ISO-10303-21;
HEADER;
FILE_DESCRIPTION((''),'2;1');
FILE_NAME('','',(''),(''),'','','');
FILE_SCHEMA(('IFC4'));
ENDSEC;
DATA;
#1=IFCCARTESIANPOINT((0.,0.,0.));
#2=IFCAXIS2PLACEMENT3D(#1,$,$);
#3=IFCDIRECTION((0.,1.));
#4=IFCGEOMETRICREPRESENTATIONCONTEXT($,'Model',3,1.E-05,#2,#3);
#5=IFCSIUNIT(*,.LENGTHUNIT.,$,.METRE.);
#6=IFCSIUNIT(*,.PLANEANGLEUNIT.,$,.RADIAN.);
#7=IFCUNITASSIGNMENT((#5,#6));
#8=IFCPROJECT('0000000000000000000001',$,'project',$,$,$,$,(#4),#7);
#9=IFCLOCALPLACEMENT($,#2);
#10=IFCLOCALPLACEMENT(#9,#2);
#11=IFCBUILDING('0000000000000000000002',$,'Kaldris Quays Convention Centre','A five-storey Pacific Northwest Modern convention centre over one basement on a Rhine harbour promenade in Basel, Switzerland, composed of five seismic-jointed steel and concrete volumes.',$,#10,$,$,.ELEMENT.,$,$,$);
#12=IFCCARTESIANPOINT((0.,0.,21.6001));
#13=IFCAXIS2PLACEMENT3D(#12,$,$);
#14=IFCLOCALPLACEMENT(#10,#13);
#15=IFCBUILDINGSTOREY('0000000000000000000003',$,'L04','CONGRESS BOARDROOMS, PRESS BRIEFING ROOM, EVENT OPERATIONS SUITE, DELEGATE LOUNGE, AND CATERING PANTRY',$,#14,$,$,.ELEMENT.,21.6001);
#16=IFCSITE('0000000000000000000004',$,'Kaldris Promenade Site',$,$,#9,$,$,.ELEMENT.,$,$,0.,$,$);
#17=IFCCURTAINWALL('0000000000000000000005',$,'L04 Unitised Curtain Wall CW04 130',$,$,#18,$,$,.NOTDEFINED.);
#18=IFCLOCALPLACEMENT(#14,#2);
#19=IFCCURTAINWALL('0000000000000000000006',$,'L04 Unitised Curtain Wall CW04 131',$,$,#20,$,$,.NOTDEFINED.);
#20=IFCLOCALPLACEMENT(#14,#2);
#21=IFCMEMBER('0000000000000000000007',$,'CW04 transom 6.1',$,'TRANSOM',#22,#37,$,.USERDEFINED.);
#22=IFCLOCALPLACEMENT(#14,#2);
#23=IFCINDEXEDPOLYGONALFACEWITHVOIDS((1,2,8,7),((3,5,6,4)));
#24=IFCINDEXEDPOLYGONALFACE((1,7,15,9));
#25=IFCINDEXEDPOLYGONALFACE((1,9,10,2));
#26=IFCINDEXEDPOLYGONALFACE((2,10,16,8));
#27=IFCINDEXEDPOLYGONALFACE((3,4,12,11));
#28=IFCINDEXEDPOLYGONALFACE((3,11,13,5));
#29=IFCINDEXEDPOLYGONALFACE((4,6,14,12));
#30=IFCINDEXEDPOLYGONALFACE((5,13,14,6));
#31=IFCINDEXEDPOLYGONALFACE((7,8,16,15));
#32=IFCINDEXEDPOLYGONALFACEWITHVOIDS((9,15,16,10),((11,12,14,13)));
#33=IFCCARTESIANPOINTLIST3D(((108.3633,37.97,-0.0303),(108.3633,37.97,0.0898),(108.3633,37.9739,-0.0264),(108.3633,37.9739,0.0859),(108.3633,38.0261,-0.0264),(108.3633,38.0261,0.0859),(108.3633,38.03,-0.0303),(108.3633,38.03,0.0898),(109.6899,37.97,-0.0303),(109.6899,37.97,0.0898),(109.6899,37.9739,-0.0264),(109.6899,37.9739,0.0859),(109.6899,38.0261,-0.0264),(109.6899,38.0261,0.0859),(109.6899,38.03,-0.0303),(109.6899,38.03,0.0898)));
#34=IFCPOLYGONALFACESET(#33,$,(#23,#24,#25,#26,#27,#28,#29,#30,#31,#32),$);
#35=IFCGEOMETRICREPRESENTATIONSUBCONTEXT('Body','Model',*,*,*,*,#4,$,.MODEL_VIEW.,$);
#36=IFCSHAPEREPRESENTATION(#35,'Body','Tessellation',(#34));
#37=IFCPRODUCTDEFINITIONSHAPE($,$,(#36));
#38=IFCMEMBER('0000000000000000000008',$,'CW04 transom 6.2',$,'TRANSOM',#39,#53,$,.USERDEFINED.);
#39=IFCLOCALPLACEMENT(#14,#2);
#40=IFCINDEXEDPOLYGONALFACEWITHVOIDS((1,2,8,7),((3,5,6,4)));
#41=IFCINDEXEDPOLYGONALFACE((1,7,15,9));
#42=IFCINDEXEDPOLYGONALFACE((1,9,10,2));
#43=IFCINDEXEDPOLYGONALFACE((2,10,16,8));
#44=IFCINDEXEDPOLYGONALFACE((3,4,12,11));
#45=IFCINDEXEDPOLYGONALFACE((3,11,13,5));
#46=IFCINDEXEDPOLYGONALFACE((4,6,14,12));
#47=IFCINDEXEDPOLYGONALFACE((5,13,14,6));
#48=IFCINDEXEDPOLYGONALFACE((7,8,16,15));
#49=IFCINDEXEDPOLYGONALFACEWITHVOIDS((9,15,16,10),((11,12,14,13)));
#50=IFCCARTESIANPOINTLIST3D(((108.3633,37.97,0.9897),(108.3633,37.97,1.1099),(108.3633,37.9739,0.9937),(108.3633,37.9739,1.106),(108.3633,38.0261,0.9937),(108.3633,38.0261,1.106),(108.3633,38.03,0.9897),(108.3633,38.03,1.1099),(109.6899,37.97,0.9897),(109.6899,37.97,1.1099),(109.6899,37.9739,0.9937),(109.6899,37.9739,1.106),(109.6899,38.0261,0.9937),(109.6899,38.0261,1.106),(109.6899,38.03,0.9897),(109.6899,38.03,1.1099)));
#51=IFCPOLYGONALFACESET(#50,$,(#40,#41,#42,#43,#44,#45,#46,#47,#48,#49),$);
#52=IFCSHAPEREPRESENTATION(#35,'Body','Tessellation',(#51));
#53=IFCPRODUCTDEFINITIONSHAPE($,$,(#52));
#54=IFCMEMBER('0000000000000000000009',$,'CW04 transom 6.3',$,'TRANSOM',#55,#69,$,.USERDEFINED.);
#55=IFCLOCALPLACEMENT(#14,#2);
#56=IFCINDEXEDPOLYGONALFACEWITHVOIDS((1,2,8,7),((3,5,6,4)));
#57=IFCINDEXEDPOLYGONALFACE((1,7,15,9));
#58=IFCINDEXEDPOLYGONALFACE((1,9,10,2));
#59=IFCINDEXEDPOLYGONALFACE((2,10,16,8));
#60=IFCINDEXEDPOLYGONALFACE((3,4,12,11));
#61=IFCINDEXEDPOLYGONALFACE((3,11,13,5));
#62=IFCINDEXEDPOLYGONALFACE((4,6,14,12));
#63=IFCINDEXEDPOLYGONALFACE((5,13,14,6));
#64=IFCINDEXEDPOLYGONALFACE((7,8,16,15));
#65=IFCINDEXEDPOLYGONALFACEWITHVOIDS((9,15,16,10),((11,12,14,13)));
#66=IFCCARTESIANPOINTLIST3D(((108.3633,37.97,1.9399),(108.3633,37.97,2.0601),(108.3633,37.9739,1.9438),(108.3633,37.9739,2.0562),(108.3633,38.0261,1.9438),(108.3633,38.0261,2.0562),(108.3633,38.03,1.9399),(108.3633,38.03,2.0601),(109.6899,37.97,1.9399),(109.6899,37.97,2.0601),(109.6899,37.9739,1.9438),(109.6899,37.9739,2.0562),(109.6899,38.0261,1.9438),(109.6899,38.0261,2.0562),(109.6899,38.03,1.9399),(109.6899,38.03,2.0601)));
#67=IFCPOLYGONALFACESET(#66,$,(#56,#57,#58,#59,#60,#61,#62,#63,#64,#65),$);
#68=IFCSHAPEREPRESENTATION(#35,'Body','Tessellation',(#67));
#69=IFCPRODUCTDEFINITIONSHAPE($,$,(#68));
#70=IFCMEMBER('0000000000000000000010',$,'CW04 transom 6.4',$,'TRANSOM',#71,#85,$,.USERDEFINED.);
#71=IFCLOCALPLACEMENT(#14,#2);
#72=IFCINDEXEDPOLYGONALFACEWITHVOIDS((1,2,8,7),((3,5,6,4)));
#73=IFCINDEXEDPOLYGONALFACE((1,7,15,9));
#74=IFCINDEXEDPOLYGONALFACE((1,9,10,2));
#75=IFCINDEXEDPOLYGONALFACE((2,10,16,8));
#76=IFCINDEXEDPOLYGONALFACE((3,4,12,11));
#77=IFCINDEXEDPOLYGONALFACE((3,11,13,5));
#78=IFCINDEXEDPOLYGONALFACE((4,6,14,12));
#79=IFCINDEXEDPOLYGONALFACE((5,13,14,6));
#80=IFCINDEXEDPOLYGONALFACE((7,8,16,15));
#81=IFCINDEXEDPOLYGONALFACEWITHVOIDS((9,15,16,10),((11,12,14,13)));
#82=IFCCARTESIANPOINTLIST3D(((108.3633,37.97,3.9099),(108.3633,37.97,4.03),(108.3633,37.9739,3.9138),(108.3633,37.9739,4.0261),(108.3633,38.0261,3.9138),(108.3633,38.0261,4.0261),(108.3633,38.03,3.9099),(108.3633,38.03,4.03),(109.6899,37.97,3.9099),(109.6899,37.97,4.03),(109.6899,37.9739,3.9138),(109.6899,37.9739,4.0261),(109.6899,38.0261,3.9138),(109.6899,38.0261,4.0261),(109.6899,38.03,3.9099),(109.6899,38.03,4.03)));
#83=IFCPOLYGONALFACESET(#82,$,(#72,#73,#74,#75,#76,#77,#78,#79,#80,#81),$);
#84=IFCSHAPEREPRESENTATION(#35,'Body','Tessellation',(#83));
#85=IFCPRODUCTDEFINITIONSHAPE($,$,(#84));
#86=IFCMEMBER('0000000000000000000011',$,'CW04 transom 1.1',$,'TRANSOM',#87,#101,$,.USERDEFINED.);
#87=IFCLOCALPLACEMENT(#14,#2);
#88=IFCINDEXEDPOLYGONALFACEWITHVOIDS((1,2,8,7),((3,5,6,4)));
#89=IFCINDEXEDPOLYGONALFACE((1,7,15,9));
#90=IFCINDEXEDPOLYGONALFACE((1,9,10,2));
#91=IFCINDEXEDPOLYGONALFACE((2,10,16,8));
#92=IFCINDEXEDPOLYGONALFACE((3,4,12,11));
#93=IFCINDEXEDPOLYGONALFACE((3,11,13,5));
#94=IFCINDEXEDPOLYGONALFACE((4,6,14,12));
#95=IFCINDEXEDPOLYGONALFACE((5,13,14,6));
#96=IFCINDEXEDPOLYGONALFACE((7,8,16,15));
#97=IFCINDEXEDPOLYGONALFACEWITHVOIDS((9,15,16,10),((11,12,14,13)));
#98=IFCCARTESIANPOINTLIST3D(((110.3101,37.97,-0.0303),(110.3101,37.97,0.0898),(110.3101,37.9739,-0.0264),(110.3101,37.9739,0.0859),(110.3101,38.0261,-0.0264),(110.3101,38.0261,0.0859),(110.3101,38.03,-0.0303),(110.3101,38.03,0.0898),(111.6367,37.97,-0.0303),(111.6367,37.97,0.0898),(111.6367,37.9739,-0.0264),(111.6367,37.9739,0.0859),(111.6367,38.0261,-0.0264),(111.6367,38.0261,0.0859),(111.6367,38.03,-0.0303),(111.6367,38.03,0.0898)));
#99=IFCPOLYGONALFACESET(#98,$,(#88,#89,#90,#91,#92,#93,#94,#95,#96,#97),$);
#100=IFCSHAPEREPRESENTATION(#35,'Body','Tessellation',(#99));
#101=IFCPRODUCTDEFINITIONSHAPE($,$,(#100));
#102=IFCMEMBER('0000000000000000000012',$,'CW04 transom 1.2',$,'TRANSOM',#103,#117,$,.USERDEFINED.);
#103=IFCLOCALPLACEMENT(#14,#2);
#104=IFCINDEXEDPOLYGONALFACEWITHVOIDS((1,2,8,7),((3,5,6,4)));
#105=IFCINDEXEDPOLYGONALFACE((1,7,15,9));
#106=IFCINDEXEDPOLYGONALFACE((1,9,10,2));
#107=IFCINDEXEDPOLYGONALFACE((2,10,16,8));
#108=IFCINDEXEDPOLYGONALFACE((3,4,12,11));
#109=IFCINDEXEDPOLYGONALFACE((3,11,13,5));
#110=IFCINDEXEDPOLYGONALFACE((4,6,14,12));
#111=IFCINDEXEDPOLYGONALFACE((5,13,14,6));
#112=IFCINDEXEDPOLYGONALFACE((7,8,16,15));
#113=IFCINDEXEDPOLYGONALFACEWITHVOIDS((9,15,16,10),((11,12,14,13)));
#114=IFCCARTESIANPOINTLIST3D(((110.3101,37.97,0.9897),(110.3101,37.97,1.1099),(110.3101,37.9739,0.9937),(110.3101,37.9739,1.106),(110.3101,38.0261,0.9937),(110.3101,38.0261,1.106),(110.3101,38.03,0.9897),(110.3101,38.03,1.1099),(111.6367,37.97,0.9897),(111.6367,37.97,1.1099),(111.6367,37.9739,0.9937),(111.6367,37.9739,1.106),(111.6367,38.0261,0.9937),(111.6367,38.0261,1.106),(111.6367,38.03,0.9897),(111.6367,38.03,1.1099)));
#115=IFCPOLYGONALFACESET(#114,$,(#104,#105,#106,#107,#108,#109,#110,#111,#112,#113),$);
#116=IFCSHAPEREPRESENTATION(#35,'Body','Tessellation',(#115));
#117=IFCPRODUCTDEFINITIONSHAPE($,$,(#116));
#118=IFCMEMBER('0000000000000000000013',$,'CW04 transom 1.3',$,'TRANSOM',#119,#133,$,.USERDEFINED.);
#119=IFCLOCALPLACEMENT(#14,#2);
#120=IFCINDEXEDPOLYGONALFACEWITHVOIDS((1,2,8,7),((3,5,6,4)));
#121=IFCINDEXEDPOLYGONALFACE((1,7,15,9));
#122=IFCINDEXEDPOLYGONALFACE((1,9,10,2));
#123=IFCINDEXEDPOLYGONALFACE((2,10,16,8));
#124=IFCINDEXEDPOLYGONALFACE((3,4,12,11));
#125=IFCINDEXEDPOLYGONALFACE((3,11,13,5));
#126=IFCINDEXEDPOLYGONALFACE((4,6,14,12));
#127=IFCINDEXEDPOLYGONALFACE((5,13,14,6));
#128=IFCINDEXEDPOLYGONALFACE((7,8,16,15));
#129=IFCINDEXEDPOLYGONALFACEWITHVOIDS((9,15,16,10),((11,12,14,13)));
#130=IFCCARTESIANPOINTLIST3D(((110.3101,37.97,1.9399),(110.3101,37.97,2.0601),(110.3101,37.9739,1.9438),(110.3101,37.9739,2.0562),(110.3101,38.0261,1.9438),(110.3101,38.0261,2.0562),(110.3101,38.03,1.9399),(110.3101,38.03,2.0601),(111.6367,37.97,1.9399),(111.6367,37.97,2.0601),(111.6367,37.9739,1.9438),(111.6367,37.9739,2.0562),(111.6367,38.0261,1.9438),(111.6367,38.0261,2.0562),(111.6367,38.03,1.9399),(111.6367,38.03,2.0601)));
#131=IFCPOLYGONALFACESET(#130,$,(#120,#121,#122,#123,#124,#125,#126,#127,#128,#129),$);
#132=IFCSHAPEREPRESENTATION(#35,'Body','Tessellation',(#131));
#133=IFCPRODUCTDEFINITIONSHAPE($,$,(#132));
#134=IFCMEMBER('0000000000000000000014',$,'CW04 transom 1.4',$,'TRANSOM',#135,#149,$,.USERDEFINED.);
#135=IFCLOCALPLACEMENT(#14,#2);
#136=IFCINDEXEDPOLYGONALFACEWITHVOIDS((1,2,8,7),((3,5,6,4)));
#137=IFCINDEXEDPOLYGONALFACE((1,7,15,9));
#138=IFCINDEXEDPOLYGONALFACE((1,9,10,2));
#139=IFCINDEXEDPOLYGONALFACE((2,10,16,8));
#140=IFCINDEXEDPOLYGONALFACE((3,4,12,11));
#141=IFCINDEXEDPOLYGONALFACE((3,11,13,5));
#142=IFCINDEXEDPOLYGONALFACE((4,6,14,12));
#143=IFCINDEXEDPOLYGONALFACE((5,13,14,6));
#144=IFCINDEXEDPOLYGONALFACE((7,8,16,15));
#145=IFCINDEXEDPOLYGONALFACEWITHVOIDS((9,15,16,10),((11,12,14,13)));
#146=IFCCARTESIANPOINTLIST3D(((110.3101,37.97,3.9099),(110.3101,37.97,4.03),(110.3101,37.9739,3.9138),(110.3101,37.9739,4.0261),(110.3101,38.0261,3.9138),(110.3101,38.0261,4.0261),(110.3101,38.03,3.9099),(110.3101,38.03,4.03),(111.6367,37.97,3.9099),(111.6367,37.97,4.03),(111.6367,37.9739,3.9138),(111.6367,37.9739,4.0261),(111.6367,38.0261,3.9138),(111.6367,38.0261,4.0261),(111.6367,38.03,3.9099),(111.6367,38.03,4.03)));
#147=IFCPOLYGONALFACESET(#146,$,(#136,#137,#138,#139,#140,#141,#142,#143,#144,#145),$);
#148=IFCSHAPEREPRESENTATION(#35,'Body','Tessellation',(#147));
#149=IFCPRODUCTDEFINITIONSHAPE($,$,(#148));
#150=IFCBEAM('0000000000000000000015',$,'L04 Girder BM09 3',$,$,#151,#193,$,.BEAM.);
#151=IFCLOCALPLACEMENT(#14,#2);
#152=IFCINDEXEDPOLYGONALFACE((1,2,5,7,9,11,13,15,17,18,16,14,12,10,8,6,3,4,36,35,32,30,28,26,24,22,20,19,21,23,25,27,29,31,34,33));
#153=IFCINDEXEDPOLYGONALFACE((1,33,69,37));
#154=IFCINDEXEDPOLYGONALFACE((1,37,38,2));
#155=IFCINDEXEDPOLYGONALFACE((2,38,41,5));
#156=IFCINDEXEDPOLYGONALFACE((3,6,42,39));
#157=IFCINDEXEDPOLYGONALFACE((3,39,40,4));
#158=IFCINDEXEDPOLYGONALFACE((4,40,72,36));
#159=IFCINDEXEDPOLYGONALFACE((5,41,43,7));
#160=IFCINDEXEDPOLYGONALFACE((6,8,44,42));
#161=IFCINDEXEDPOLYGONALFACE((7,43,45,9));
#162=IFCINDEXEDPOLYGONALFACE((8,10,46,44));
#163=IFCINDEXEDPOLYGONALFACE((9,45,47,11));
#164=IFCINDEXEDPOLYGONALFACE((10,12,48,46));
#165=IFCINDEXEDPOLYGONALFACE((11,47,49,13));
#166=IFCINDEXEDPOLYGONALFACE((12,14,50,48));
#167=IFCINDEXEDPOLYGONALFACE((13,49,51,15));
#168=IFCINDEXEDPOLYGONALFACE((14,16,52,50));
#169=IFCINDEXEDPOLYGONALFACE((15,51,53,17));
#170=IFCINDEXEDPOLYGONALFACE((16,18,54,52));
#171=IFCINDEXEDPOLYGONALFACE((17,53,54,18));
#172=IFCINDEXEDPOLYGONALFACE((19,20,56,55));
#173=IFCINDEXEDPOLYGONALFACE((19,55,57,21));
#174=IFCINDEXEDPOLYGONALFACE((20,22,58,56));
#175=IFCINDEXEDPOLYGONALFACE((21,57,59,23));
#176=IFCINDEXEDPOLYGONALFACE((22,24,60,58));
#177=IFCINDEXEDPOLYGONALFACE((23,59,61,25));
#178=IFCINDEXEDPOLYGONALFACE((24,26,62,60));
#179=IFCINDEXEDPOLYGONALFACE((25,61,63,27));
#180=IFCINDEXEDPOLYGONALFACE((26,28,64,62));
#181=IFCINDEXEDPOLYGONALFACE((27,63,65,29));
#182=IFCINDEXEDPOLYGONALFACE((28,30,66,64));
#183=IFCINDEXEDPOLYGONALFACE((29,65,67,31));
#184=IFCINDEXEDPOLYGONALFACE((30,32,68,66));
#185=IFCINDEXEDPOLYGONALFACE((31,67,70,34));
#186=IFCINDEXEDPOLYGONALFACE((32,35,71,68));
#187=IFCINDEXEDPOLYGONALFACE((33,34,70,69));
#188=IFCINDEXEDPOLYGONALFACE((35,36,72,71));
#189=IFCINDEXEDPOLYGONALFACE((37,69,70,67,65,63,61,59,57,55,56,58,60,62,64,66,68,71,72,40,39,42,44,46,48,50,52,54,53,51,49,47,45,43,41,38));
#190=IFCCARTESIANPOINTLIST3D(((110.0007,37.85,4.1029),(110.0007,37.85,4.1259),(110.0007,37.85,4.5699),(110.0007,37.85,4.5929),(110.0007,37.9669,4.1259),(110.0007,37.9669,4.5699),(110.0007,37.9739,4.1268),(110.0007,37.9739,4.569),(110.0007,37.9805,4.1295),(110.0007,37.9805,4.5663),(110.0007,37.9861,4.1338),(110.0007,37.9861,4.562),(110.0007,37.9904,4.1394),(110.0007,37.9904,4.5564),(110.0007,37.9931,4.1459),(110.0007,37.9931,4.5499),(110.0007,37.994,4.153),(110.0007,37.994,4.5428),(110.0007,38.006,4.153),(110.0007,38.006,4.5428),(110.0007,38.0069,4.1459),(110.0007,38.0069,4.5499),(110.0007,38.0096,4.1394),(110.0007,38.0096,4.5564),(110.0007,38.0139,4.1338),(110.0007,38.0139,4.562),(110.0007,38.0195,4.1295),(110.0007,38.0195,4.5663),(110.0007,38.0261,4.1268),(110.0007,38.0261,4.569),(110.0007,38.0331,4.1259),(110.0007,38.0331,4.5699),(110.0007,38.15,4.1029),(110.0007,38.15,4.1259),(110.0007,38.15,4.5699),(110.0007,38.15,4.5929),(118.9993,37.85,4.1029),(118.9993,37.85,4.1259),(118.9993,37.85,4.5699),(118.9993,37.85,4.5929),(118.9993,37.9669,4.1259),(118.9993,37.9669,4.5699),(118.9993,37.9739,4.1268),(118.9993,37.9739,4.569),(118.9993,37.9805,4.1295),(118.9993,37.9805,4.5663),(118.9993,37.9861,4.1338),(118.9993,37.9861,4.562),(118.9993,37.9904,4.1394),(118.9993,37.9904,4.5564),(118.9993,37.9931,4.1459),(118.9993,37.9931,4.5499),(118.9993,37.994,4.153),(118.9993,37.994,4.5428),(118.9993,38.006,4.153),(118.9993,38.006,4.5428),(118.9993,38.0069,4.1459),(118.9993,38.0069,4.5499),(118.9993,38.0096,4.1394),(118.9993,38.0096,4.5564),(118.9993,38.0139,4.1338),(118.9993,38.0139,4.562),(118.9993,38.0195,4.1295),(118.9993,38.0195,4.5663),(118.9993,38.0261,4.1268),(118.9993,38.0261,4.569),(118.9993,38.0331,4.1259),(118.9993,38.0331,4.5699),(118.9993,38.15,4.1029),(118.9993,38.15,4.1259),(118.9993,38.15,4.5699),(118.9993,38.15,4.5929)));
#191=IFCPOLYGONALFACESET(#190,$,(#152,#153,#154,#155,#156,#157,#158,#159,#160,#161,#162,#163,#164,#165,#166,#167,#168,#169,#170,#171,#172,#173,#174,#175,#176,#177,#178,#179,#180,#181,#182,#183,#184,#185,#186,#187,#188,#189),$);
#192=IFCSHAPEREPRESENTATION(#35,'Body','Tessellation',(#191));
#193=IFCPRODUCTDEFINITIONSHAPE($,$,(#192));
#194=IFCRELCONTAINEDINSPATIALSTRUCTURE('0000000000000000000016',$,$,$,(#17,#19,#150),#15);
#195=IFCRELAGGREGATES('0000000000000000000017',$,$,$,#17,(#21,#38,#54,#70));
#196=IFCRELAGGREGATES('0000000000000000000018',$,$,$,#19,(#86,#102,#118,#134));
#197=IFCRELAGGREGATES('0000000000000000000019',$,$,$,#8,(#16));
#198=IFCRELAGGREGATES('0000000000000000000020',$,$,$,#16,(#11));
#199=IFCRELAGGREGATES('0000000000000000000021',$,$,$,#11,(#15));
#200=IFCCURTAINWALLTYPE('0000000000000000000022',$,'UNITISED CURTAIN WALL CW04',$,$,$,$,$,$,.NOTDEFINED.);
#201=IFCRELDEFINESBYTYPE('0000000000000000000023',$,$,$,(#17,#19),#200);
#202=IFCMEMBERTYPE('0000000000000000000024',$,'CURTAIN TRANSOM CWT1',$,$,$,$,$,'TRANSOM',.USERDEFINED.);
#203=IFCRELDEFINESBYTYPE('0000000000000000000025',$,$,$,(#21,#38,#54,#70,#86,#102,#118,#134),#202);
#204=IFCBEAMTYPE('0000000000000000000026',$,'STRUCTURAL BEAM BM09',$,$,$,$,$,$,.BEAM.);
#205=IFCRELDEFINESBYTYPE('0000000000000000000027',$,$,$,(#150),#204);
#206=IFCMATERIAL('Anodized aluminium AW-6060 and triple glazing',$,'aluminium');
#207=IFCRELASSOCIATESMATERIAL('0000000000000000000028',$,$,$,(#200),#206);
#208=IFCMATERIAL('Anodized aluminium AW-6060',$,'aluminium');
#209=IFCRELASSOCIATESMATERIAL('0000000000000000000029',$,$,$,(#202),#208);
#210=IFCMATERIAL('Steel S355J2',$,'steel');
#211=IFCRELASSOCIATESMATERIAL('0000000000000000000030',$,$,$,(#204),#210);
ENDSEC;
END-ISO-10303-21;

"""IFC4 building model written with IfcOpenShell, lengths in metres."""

from ifc_helpers import new_model, si_unit, direction, frame, origin, origin_2d, place, context, subcontext, project, spatial, hollow_rectangle, i_section, extrude, material, material_profile, profile_set, type_object, element, aggregate, save


model = new_model("IFC4")

# Units and contexts
model_context = context("Model", 3, precision=1e-05, world=origin(), true_north=direction((0.0, 1.0)))
body_context = subcontext(model_context, "Body", "Model", "MODEL_VIEW")
ifc_project = project(units=[si_unit("LENGTHUNIT", "METRE"), si_unit("PLANEANGLEUNIT", "RADIAN")], contexts=[model_context])

# Site, building, storey
site_placement = place(None, origin())
site = spatial("IfcSite", under=ifc_project, at=site_placement, Name="Kaldris Promenade Site", CompositionType="ELEMENT", RefElevation=0.0)
building_placement = place(site_placement, origin())
building = spatial("IfcBuilding", under=site, at=building_placement, Name="Kaldris Quays Convention Centre", Description="A five-storey Pacific Northwest Modern convention centre over one basement on a Rhine harbour promenade in Basel, Switzerland, composed of five seismic-jointed steel and concrete volumes.", CompositionType="ELEMENT")
storey_placement = place(building_placement, frame((0.0, 0.0, 21.6001)))
storey = spatial("IfcBuildingStorey", under=building, at=storey_placement, Name="L04", Description="CONGRESS BOARDROOMS, PRESS BRIEFING ROOM, EVENT OPERATIONS SUITE, DELEGATE LOUNGE, AND CATERING PANTRY", CompositionType="ELEMENT", Elevation=21.6001)

# Shared definitions
ifc_material_1 = material(Name="Steel S355J2", Category="steel")

# Curtain wall
ifc_material_2 = material(Name="Anodized aluminium AW-6060 and triple glazing", Category="aluminium")
curtain_wall_type = type_object("IfcCurtainWallType", Name="UNITISED CURTAIN WALL CW04", PredefinedType="NOTDEFINED", material=ifc_material_2)
curtain_wall_1_placement = place(storey_placement, origin())
curtain_wall_1 = element("IfcCurtainWall", 1, at=curtain_wall_1_placement, inside=storey, type_object=curtain_wall_type, Name="L04 Unitised Curtain Wall CW04 130", PredefinedType="NOTDEFINED")
ifc_material_3 = material(Name="Anodized aluminium AW-6060", Category="aluminium")

# Curtain wall
curtain_wall_2_placement = place(storey_placement, origin())
curtain_wall_2 = element("IfcCurtainWall", 2, at=curtain_wall_2_placement, inside=storey, type_object=curtain_wall_type, Name="L04 Unitised Curtain Wall CW04 131", PredefinedType="NOTDEFINED")

# Members
ifc_material_profile_1 = material_profile(ifc_material_3, hollow_rectangle(XDim=0.0601, YDim=0.1201, WallThickness=0.0039, at=origin_2d()), Name="RHS 120x60x4")
ifc_profile_set_1 = profile_set([ifc_material_profile_1], Name="Anodized aluminium AW-6060")
member_type_1 = type_object("IfcMemberType", Name="CURTAIN TRANSOM CWT1", ElementType="TRANSOM", PredefinedType="USERDEFINED", material=ifc_profile_set_1)
member_1_placement = place(storey_placement, frame((108.3633, 38.0, 0.0298), z_axis=(1.0, 0.0, 0.0), x_axis=(0.0, 1.0, 0.0)))
member_1 = element("IfcMember", 3, at=member_1_placement, type_object=member_type_1, Name="CW04 transom 6.1", ObjectType="TRANSOM", PredefinedType="USERDEFINED", context=body_context, shape_type="SweptSolid", body=[
    extrude(hollow_rectangle(XDim=0.0601, YDim=0.1201, WallThickness=0.0039, at=origin_2d()), origin(), (0.0, 0.0, 1.0), 1.3267),
])
member_2_placement = place(storey_placement, frame((108.3633, 38.0, 1.0498), z_axis=(1.0, 0.0, 0.0), x_axis=(0.0, 1.0, 0.0)))
member_2 = element("IfcMember", 4, at=member_2_placement, type_object=member_type_1, Name="CW04 transom 6.2", ObjectType="TRANSOM", PredefinedType="USERDEFINED", context=body_context, shape_type="SweptSolid", body=[
    extrude(hollow_rectangle(XDim=0.0601, YDim=0.1201, WallThickness=0.0039, at=origin_2d()), origin(), (0.0, 0.0, 1.0), 1.3267),
])
member_3_placement = place(storey_placement, frame((108.3633, 38.0, 2.0), z_axis=(1.0, 0.0, 0.0), x_axis=(0.0, 1.0, 0.0)))
member_3 = element("IfcMember", 5, at=member_3_placement, type_object=member_type_1, Name="CW04 transom 6.3", ObjectType="TRANSOM", PredefinedType="USERDEFINED", context=body_context, shape_type="SweptSolid", body=[
    extrude(hollow_rectangle(XDim=0.0601, YDim=0.1201, WallThickness=0.0039, at=origin_2d()), origin(), (0.0, 0.0, 1.0), 1.3267),
])
member_4_placement = place(storey_placement, frame((108.3633, 38.0, 3.97), z_axis=(1.0, 0.0, 0.0), x_axis=(0.0, 1.0, 0.0)))
member_4 = element("IfcMember", 6, at=member_4_placement, type_object=member_type_1, Name="CW04 transom 6.4", ObjectType="TRANSOM", PredefinedType="USERDEFINED", context=body_context, shape_type="SweptSolid", body=[
    extrude(hollow_rectangle(XDim=0.0601, YDim=0.1201, WallThickness=0.0039, at=origin_2d()), origin(), (0.0, 0.0, 1.0), 1.3267),
])
member_5_placement = place(storey_placement, frame((110.3101, 38.0, 0.0298), z_axis=(1.0, 0.0, 0.0), x_axis=(0.0, 1.0, 0.0)))
member_5 = element("IfcMember", 7, at=member_5_placement, type_object=member_type_1, Name="CW04 transom 1.1", ObjectType="TRANSOM", PredefinedType="USERDEFINED", context=body_context, shape_type="SweptSolid", body=[
    extrude(hollow_rectangle(XDim=0.0601, YDim=0.1201, WallThickness=0.0039, at=origin_2d()), origin(), (0.0, 0.0, 1.0), 1.3267),
])
member_6_placement = place(storey_placement, frame((110.3101, 38.0, 1.0498), z_axis=(1.0, 0.0, 0.0), x_axis=(0.0, 1.0, 0.0)))
member_6 = element("IfcMember", 8, at=member_6_placement, type_object=member_type_1, Name="CW04 transom 1.2", ObjectType="TRANSOM", PredefinedType="USERDEFINED", context=body_context, shape_type="SweptSolid", body=[
    extrude(hollow_rectangle(XDim=0.0601, YDim=0.1201, WallThickness=0.0039, at=origin_2d()), origin(), (0.0, 0.0, 1.0), 1.3267),
])
member_7_placement = place(storey_placement, frame((110.3101, 38.0, 2.0), z_axis=(1.0, 0.0, 0.0), x_axis=(0.0, 1.0, 0.0)))
member_7 = element("IfcMember", 9, at=member_7_placement, type_object=member_type_1, Name="CW04 transom 1.3", ObjectType="TRANSOM", PredefinedType="USERDEFINED", context=body_context, shape_type="SweptSolid", body=[
    extrude(hollow_rectangle(XDim=0.0601, YDim=0.1201, WallThickness=0.0039, at=origin_2d()), origin(), (0.0, 0.0, 1.0), 1.3267),
])
member_8_placement = place(storey_placement, frame((110.3101, 38.0, 3.97), z_axis=(1.0, 0.0, 0.0), x_axis=(0.0, 1.0, 0.0)))
member_8 = element("IfcMember", 10, at=member_8_placement, type_object=member_type_1, Name="CW04 transom 1.4", ObjectType="TRANSOM", PredefinedType="USERDEFINED", context=body_context, shape_type="SweptSolid", body=[
    extrude(hollow_rectangle(XDim=0.0601, YDim=0.1201, WallThickness=0.0039, at=origin_2d()), origin(), (0.0, 0.0, 1.0), 1.3267),
])

# Beam
ifc_material_profile_2 = material_profile(ifc_material_1, i_section(OverallWidth=0.3, OverallDepth=0.49, WebThickness=0.012, FlangeThickness=0.0229, FilletRadius=0.0271, at=origin_2d()), Name="HEA 500")
ifc_profile_set_2 = profile_set([ifc_material_profile_2], Name="Steel S355J2")
beam_type = type_object("IfcBeamType", Name="STRUCTURAL BEAM BM09", PredefinedType="BEAM", material=ifc_profile_set_2)
beam_placement = place(storey_placement, frame((110.0007, 38.0, 4.3479), z_axis=(1.0, 0.0, 0.0), x_axis=(0.0, 1.0, 0.0)))
element("IfcBeam", 11, at=beam_placement, inside=storey, type_object=beam_type, Name="L04 Girder BM09 3", PredefinedType="BEAM", context=body_context, shape_type="SweptSolid", body=[
    extrude(i_section(OverallWidth=0.3, OverallDepth=0.49, WebThickness=0.012, FlangeThickness=0.0229, FilletRadius=0.0271, at=origin_2d()), origin(), (0.0, 0.0, 1.0), 8.9985),
])

aggregate(curtain_wall_1, [member_1, member_2, member_3, member_4])
aggregate(curtain_wall_2, [member_5, member_6, member_7, member_8])

save(model, "model.ifc")
